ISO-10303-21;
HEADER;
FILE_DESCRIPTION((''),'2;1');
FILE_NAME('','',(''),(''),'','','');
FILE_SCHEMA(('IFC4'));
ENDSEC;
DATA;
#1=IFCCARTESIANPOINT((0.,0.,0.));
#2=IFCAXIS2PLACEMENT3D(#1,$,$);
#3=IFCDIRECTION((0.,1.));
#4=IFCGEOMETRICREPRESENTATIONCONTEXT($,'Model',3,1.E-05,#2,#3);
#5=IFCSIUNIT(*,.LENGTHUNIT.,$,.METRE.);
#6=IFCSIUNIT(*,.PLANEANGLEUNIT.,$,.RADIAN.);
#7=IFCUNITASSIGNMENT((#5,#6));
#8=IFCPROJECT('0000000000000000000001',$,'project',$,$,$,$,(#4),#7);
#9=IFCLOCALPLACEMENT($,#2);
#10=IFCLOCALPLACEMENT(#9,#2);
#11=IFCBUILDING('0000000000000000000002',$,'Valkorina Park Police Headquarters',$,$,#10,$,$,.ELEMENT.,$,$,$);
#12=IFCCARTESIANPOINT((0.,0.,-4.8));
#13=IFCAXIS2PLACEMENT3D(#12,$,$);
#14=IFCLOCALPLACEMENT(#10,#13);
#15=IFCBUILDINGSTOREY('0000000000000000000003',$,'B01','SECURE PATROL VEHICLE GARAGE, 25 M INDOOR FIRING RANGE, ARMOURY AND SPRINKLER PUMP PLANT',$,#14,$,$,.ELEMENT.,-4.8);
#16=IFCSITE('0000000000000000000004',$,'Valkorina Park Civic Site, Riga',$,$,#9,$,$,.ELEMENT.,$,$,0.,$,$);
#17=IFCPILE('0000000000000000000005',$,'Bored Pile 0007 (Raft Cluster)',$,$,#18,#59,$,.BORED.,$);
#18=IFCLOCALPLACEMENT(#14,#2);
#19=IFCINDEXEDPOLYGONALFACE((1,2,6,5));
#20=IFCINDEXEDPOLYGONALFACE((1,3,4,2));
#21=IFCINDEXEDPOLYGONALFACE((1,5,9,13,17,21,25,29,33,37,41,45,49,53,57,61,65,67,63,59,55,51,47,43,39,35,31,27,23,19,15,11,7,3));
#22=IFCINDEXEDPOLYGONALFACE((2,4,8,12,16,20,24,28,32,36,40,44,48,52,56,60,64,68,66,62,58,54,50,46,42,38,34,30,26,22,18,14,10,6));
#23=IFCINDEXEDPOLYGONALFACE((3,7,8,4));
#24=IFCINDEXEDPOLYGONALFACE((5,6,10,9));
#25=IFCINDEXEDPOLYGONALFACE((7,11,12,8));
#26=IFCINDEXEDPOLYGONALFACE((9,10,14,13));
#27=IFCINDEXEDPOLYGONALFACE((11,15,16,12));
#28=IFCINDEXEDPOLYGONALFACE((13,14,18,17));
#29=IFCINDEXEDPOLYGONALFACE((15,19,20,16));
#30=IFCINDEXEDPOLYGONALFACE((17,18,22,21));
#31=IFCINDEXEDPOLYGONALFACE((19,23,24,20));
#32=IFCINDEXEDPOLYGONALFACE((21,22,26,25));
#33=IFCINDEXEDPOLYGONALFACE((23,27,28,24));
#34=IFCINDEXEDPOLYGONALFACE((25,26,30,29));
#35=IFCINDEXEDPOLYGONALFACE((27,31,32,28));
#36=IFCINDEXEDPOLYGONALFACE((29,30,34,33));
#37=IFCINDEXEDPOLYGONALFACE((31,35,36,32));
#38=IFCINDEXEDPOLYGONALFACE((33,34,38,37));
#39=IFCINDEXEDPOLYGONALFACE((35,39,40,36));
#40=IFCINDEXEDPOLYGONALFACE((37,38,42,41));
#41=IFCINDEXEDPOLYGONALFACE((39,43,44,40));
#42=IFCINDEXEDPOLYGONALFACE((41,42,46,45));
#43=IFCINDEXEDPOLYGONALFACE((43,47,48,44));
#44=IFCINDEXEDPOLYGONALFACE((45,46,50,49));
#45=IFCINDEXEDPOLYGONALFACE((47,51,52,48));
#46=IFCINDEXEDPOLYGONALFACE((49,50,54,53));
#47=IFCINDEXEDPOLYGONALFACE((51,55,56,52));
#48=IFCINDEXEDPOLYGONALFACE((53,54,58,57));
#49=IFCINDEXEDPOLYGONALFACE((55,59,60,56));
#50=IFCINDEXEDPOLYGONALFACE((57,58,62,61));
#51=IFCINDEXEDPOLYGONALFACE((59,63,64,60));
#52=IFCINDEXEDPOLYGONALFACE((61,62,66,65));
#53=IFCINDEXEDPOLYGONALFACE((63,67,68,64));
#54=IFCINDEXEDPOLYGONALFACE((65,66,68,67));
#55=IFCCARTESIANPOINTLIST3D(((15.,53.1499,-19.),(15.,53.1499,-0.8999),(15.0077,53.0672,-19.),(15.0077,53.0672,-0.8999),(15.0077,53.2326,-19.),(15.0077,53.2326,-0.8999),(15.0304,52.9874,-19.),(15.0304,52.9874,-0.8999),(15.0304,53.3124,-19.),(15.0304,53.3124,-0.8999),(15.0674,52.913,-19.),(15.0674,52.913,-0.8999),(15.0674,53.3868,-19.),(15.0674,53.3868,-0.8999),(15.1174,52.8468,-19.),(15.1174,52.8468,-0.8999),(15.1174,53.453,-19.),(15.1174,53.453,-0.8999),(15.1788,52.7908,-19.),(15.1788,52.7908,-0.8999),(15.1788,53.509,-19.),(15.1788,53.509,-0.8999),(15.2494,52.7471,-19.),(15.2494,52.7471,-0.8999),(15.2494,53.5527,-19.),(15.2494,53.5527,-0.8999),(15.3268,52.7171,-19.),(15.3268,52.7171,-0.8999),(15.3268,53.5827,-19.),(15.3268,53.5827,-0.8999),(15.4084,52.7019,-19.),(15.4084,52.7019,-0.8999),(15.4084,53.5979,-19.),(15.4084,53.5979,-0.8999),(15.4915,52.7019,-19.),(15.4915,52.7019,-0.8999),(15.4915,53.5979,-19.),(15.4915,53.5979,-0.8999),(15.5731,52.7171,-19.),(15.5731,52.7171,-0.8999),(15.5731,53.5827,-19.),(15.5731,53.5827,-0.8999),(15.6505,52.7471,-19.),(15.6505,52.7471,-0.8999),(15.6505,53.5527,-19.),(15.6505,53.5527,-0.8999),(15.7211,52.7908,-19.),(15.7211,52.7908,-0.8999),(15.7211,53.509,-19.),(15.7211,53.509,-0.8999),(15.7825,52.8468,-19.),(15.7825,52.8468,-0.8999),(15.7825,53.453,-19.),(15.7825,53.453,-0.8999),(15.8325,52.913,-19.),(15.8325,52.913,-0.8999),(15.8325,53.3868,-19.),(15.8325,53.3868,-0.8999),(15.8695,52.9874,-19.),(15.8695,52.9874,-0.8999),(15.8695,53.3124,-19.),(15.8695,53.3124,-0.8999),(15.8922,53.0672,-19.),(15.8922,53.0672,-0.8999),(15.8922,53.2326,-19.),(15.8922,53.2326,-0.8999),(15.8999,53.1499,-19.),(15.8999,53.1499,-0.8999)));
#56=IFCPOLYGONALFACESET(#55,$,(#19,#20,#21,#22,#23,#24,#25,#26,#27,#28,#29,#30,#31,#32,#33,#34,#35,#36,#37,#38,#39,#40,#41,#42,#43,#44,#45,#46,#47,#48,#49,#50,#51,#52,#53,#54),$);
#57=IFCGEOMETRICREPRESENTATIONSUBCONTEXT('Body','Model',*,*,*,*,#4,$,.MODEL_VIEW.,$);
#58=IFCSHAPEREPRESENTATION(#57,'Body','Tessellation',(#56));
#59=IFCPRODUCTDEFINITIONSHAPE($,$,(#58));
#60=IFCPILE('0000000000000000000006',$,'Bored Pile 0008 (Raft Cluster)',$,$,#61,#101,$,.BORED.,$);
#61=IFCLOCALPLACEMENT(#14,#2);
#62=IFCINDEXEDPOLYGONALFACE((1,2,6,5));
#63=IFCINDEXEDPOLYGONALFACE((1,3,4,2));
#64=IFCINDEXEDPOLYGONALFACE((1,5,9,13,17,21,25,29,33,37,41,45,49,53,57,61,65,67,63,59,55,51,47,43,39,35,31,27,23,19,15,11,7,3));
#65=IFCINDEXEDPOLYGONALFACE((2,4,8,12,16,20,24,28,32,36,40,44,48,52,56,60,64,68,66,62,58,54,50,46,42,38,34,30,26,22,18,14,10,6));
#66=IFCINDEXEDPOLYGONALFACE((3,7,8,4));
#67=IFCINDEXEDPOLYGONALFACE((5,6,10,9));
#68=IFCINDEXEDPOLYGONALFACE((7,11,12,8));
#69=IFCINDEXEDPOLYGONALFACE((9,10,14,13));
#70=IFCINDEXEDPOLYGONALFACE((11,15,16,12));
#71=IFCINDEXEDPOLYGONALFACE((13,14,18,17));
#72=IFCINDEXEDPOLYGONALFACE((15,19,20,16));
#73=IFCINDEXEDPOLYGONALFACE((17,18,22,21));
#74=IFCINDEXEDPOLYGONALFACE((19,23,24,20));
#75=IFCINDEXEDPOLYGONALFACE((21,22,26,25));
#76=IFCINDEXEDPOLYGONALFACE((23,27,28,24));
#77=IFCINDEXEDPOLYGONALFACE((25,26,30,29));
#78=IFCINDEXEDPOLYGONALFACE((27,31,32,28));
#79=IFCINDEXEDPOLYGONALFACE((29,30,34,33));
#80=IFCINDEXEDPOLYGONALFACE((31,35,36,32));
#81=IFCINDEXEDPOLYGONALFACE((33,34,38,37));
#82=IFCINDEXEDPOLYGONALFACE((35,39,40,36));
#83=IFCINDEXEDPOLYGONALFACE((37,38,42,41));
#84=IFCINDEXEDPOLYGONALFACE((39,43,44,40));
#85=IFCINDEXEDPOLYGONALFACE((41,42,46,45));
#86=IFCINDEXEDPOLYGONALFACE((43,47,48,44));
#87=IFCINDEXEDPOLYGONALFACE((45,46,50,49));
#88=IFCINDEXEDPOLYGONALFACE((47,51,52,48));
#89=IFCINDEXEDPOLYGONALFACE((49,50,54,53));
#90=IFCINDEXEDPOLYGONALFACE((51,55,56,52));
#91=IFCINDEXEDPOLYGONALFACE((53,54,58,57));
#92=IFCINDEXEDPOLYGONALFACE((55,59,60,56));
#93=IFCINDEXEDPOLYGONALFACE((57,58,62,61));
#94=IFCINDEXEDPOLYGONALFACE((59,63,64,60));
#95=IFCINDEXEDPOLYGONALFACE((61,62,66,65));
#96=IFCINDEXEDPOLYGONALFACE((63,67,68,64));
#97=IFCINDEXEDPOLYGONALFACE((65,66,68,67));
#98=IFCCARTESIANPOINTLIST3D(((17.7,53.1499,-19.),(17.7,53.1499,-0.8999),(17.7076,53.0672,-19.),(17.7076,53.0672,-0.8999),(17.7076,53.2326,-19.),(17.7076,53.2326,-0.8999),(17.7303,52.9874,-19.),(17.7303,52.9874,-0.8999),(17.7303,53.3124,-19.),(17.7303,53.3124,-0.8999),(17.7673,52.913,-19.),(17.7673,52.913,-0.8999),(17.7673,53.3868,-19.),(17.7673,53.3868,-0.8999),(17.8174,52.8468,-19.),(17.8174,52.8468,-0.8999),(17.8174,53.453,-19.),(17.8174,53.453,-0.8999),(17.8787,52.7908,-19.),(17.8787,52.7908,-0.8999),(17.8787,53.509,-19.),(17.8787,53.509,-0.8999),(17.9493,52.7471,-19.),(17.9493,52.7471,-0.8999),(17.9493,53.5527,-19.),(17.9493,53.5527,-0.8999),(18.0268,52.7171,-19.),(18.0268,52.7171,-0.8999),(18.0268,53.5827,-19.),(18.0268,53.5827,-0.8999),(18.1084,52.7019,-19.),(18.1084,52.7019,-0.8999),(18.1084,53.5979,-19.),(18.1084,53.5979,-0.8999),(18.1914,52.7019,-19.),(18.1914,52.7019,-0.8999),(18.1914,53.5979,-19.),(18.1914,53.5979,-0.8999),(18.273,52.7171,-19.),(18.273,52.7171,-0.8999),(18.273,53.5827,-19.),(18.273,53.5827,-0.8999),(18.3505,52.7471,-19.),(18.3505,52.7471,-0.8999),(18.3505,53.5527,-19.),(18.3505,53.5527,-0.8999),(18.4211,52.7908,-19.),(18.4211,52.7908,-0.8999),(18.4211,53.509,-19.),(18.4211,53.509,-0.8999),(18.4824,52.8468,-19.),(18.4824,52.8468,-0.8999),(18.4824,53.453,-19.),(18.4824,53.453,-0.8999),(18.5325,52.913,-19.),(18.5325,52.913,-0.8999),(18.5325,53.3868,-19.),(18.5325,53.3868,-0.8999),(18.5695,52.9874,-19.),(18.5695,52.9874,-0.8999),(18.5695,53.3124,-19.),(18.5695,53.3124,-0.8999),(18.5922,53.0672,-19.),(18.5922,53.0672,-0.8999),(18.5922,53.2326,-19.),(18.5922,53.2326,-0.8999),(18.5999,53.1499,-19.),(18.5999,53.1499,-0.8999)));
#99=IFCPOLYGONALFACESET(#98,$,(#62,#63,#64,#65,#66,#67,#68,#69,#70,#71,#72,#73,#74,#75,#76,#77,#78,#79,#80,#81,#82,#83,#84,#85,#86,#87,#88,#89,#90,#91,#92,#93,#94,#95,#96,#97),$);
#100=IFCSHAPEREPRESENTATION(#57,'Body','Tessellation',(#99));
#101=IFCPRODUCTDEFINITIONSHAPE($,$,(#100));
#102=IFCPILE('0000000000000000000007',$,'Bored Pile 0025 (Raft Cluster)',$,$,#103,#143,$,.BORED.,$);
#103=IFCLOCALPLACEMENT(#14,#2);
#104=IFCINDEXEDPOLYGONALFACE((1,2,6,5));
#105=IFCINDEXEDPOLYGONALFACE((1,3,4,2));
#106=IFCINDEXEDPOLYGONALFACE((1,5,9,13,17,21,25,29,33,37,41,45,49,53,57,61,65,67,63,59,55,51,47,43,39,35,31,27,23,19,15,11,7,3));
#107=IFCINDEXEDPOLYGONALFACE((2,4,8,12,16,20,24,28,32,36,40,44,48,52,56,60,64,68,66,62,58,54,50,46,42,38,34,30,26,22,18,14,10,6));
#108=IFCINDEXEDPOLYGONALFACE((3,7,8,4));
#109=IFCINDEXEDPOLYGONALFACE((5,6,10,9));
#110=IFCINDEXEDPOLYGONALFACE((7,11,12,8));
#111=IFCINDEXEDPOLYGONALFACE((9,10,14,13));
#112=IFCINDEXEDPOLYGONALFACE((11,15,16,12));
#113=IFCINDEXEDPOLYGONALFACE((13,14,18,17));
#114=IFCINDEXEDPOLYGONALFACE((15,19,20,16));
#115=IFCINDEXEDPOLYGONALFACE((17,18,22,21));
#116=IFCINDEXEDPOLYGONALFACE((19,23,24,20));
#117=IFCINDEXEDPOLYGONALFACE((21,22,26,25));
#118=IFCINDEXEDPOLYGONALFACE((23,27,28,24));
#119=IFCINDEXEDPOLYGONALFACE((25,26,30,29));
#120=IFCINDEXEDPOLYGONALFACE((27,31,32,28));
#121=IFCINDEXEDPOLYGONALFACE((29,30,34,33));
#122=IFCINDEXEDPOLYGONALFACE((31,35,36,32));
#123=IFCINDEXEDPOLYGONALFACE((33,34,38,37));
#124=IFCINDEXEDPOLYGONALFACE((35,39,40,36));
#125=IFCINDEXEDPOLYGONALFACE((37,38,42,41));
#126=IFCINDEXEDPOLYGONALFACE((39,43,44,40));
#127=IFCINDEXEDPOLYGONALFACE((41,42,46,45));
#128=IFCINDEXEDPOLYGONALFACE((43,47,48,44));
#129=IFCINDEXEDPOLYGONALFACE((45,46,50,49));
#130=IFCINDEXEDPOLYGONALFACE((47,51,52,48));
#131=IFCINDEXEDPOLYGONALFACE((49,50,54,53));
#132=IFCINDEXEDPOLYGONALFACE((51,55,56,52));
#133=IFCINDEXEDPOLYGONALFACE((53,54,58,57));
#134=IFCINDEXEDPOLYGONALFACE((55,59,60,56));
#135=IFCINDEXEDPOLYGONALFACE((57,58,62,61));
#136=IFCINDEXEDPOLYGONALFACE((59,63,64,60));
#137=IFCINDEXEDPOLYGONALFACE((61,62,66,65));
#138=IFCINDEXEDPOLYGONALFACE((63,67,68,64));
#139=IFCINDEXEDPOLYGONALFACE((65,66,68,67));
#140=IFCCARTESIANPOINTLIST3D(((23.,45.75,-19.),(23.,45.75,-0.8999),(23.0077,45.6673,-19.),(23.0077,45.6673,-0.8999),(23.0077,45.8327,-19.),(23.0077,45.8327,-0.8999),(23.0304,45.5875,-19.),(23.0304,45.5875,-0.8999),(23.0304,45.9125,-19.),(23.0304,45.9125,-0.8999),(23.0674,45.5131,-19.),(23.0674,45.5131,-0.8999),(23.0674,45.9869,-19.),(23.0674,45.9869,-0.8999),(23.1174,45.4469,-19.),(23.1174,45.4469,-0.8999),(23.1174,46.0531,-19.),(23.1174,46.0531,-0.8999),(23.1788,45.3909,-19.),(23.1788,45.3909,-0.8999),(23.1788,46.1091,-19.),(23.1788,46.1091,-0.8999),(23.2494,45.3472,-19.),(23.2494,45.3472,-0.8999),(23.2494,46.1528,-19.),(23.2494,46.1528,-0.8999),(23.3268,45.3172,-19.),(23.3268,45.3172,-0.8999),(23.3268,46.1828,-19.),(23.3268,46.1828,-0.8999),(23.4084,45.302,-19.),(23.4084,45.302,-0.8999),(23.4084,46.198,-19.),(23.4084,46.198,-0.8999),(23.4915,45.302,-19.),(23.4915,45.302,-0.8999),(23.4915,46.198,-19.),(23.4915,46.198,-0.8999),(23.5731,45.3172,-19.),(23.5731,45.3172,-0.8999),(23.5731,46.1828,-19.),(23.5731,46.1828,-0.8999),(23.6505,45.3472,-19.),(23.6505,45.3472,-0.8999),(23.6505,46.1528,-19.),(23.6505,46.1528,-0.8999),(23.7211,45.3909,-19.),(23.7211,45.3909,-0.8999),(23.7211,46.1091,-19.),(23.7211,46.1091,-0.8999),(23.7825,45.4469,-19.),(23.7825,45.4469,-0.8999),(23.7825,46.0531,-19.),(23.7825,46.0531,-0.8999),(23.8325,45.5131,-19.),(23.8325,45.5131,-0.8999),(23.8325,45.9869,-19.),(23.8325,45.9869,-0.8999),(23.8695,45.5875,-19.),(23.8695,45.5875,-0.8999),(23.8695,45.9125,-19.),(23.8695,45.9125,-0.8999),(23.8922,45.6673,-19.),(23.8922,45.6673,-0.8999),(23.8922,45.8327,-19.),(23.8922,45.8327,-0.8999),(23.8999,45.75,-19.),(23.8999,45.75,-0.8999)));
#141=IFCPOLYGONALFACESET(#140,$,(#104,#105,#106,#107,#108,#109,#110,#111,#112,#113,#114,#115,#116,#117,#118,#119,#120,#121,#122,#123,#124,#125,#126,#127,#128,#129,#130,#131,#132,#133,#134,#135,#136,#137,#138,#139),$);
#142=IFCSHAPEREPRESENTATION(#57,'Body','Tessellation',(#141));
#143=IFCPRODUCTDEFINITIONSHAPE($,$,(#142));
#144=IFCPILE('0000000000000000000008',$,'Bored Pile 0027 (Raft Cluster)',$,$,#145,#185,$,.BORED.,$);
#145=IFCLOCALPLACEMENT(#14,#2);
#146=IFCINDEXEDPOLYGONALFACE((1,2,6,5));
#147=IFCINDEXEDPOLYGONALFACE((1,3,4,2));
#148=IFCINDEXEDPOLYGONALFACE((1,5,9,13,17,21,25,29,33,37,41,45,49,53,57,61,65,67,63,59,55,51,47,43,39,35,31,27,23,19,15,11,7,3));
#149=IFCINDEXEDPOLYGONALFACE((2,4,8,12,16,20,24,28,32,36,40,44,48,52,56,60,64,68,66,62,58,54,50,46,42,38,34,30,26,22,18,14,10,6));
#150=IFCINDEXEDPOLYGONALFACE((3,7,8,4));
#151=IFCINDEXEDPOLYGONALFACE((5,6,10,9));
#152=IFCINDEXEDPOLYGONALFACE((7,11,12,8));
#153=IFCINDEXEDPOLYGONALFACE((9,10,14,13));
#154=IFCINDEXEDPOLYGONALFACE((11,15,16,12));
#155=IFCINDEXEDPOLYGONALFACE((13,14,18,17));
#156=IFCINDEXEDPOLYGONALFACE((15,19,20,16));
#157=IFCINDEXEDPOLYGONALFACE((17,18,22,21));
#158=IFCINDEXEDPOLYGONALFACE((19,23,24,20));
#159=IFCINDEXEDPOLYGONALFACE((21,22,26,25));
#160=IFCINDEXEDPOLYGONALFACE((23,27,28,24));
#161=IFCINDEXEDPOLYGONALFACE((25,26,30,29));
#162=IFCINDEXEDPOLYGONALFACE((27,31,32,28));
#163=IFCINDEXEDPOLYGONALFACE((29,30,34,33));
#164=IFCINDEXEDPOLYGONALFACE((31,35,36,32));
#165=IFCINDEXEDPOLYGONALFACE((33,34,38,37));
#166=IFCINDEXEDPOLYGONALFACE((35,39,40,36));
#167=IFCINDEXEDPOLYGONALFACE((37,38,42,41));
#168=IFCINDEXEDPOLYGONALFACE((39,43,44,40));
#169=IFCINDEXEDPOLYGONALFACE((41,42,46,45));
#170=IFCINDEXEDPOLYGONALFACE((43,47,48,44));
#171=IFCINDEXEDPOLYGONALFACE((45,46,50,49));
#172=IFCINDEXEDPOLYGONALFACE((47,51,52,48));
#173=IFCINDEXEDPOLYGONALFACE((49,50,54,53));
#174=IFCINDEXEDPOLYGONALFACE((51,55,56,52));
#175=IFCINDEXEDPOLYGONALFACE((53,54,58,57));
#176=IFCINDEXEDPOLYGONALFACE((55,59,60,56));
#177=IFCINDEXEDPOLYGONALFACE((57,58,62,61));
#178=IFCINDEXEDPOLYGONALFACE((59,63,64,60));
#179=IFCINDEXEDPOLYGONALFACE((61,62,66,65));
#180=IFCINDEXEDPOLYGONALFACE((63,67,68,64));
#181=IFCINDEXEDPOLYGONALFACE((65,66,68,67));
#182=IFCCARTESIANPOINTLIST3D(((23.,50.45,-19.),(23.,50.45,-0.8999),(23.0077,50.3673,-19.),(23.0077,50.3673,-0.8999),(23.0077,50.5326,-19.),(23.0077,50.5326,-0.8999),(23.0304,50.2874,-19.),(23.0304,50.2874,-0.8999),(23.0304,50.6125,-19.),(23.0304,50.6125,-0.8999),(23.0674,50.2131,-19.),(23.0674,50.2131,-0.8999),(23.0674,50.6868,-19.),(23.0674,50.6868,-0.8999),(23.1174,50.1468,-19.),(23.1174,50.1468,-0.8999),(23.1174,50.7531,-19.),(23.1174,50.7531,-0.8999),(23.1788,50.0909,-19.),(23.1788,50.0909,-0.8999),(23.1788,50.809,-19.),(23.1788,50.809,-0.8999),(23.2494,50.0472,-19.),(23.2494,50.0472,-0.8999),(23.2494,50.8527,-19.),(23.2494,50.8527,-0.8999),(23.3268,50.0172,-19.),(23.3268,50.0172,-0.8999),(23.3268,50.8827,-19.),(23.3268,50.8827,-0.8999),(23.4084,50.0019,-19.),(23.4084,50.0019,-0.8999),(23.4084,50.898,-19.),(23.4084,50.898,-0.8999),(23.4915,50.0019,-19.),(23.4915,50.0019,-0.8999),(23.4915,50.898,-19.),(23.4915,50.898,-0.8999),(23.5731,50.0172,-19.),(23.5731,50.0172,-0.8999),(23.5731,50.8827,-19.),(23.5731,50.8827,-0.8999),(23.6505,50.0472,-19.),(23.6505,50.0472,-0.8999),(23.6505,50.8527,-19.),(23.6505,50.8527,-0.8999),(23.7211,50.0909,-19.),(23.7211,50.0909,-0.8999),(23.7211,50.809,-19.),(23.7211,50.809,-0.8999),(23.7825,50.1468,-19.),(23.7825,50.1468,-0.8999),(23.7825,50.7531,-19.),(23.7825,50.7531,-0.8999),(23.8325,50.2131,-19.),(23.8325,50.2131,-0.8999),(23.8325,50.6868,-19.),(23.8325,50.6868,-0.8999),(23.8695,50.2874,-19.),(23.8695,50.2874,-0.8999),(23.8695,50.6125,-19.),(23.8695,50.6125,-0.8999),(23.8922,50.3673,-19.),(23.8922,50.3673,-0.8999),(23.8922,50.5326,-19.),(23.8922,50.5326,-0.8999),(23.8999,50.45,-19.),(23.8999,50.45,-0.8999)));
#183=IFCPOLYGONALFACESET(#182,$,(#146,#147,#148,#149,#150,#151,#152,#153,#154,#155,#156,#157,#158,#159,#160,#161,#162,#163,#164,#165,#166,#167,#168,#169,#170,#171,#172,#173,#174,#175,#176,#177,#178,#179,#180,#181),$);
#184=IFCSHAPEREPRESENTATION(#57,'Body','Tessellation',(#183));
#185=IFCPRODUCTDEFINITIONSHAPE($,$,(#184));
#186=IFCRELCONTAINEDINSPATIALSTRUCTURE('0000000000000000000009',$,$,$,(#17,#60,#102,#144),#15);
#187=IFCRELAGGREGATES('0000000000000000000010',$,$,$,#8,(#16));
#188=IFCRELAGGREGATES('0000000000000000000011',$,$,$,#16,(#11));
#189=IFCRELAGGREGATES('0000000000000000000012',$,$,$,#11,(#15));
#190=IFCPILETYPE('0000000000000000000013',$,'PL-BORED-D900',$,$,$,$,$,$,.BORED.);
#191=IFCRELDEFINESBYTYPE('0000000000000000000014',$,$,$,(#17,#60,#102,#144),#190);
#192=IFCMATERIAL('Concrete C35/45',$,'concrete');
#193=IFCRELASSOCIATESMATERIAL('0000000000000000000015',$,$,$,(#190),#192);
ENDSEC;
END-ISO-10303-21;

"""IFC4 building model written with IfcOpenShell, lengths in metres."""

from ifc_helpers import new_model, si_unit, direction, frame, origin, origin_2d, place, context, subcontext, project, spatial, circle, extrude, material, material_profile, profile_set, type_object, element, save


model = new_model("IFC4")

# Units and contexts
model_context = context("Model", 3, precision=1e-05, world=origin(), true_north=direction((0.0, 1.0)))
body_context = subcontext(model_context, "Body", "Model", "MODEL_VIEW")
ifc_project = project(units=[si_unit("LENGTHUNIT", "METRE"), si_unit("PLANEANGLEUNIT", "RADIAN")], contexts=[model_context])

# Site, building, storey
site_placement = place(None, origin())
site = spatial("IfcSite", under=ifc_project, at=site_placement, Name="Valkorina Park Civic Site, Riga", CompositionType="ELEMENT", RefElevation=0.0)
building_placement = place(site_placement, origin())
building = spatial("IfcBuilding", under=site, at=building_placement, Name="Valkorina Park Police Headquarters", CompositionType="ELEMENT")
storey_placement = place(building_placement, frame((0.0, 0.0, -4.8)))
storey = spatial("IfcBuildingStorey", under=building, at=storey_placement, Name="B01", Description="SECURE PATROL VEHICLE GARAGE, 25 M INDOOR FIRING RANGE, ARMOURY AND SPRINKLER PUMP PLANT", CompositionType="ELEMENT", Elevation=-4.8)

# Piles
ifc_material_1 = material(Name="Concrete C35/45", Category="concrete")
ifc_material_profile_1 = material_profile(ifc_material_1, circle(Radius=0.45, at=origin_2d()), Name="BORED PILE D900")
ifc_profile_set_1 = profile_set([ifc_material_profile_1], Name="Concrete C35/45")
pile_type = type_object("IfcPileType", Name="PL-BORED-D900", PredefinedType="BORED", material=ifc_profile_set_1)
for number, where, z_axis, x_axis, name in (
    (1, (15.45, 53.1499, -0.8999), (0.0, 0.0, -1.0), (1.0, 0.0, 0.0), "Bored Pile 0007 (Raft Cluster)"),
    (2, (18.1499, 53.1499, -0.8999), (0.0, 0.0, -1.0), (1.0, 0.0, 0.0), "Bored Pile 0008 (Raft Cluster)"),
    (3, (23.45, 45.75, -0.8999), (0.0, 0.0, -1.0), (1.0, 0.0, 0.0), "Bored Pile 0025 (Raft Cluster)"),
    (4, (23.45, 50.45, -0.8999), (0.0, 0.0, -1.0), (1.0, 0.0, 0.0), "Bored Pile 0027 (Raft Cluster)"),
):
    element("IfcPile", number, at=place(storey_placement, frame(where, z_axis=z_axis, x_axis=x_axis)), inside=storey, type_object=pile_type, Name=name, PredefinedType="BORED", context=body_context, shape_type="SweptSolid", body=[
        extrude(circle(Radius=0.45, at=origin_2d()), origin(), (0.0, 0.0, 1.0), 18.1001),
    ])

save(model, "model.ifc")
